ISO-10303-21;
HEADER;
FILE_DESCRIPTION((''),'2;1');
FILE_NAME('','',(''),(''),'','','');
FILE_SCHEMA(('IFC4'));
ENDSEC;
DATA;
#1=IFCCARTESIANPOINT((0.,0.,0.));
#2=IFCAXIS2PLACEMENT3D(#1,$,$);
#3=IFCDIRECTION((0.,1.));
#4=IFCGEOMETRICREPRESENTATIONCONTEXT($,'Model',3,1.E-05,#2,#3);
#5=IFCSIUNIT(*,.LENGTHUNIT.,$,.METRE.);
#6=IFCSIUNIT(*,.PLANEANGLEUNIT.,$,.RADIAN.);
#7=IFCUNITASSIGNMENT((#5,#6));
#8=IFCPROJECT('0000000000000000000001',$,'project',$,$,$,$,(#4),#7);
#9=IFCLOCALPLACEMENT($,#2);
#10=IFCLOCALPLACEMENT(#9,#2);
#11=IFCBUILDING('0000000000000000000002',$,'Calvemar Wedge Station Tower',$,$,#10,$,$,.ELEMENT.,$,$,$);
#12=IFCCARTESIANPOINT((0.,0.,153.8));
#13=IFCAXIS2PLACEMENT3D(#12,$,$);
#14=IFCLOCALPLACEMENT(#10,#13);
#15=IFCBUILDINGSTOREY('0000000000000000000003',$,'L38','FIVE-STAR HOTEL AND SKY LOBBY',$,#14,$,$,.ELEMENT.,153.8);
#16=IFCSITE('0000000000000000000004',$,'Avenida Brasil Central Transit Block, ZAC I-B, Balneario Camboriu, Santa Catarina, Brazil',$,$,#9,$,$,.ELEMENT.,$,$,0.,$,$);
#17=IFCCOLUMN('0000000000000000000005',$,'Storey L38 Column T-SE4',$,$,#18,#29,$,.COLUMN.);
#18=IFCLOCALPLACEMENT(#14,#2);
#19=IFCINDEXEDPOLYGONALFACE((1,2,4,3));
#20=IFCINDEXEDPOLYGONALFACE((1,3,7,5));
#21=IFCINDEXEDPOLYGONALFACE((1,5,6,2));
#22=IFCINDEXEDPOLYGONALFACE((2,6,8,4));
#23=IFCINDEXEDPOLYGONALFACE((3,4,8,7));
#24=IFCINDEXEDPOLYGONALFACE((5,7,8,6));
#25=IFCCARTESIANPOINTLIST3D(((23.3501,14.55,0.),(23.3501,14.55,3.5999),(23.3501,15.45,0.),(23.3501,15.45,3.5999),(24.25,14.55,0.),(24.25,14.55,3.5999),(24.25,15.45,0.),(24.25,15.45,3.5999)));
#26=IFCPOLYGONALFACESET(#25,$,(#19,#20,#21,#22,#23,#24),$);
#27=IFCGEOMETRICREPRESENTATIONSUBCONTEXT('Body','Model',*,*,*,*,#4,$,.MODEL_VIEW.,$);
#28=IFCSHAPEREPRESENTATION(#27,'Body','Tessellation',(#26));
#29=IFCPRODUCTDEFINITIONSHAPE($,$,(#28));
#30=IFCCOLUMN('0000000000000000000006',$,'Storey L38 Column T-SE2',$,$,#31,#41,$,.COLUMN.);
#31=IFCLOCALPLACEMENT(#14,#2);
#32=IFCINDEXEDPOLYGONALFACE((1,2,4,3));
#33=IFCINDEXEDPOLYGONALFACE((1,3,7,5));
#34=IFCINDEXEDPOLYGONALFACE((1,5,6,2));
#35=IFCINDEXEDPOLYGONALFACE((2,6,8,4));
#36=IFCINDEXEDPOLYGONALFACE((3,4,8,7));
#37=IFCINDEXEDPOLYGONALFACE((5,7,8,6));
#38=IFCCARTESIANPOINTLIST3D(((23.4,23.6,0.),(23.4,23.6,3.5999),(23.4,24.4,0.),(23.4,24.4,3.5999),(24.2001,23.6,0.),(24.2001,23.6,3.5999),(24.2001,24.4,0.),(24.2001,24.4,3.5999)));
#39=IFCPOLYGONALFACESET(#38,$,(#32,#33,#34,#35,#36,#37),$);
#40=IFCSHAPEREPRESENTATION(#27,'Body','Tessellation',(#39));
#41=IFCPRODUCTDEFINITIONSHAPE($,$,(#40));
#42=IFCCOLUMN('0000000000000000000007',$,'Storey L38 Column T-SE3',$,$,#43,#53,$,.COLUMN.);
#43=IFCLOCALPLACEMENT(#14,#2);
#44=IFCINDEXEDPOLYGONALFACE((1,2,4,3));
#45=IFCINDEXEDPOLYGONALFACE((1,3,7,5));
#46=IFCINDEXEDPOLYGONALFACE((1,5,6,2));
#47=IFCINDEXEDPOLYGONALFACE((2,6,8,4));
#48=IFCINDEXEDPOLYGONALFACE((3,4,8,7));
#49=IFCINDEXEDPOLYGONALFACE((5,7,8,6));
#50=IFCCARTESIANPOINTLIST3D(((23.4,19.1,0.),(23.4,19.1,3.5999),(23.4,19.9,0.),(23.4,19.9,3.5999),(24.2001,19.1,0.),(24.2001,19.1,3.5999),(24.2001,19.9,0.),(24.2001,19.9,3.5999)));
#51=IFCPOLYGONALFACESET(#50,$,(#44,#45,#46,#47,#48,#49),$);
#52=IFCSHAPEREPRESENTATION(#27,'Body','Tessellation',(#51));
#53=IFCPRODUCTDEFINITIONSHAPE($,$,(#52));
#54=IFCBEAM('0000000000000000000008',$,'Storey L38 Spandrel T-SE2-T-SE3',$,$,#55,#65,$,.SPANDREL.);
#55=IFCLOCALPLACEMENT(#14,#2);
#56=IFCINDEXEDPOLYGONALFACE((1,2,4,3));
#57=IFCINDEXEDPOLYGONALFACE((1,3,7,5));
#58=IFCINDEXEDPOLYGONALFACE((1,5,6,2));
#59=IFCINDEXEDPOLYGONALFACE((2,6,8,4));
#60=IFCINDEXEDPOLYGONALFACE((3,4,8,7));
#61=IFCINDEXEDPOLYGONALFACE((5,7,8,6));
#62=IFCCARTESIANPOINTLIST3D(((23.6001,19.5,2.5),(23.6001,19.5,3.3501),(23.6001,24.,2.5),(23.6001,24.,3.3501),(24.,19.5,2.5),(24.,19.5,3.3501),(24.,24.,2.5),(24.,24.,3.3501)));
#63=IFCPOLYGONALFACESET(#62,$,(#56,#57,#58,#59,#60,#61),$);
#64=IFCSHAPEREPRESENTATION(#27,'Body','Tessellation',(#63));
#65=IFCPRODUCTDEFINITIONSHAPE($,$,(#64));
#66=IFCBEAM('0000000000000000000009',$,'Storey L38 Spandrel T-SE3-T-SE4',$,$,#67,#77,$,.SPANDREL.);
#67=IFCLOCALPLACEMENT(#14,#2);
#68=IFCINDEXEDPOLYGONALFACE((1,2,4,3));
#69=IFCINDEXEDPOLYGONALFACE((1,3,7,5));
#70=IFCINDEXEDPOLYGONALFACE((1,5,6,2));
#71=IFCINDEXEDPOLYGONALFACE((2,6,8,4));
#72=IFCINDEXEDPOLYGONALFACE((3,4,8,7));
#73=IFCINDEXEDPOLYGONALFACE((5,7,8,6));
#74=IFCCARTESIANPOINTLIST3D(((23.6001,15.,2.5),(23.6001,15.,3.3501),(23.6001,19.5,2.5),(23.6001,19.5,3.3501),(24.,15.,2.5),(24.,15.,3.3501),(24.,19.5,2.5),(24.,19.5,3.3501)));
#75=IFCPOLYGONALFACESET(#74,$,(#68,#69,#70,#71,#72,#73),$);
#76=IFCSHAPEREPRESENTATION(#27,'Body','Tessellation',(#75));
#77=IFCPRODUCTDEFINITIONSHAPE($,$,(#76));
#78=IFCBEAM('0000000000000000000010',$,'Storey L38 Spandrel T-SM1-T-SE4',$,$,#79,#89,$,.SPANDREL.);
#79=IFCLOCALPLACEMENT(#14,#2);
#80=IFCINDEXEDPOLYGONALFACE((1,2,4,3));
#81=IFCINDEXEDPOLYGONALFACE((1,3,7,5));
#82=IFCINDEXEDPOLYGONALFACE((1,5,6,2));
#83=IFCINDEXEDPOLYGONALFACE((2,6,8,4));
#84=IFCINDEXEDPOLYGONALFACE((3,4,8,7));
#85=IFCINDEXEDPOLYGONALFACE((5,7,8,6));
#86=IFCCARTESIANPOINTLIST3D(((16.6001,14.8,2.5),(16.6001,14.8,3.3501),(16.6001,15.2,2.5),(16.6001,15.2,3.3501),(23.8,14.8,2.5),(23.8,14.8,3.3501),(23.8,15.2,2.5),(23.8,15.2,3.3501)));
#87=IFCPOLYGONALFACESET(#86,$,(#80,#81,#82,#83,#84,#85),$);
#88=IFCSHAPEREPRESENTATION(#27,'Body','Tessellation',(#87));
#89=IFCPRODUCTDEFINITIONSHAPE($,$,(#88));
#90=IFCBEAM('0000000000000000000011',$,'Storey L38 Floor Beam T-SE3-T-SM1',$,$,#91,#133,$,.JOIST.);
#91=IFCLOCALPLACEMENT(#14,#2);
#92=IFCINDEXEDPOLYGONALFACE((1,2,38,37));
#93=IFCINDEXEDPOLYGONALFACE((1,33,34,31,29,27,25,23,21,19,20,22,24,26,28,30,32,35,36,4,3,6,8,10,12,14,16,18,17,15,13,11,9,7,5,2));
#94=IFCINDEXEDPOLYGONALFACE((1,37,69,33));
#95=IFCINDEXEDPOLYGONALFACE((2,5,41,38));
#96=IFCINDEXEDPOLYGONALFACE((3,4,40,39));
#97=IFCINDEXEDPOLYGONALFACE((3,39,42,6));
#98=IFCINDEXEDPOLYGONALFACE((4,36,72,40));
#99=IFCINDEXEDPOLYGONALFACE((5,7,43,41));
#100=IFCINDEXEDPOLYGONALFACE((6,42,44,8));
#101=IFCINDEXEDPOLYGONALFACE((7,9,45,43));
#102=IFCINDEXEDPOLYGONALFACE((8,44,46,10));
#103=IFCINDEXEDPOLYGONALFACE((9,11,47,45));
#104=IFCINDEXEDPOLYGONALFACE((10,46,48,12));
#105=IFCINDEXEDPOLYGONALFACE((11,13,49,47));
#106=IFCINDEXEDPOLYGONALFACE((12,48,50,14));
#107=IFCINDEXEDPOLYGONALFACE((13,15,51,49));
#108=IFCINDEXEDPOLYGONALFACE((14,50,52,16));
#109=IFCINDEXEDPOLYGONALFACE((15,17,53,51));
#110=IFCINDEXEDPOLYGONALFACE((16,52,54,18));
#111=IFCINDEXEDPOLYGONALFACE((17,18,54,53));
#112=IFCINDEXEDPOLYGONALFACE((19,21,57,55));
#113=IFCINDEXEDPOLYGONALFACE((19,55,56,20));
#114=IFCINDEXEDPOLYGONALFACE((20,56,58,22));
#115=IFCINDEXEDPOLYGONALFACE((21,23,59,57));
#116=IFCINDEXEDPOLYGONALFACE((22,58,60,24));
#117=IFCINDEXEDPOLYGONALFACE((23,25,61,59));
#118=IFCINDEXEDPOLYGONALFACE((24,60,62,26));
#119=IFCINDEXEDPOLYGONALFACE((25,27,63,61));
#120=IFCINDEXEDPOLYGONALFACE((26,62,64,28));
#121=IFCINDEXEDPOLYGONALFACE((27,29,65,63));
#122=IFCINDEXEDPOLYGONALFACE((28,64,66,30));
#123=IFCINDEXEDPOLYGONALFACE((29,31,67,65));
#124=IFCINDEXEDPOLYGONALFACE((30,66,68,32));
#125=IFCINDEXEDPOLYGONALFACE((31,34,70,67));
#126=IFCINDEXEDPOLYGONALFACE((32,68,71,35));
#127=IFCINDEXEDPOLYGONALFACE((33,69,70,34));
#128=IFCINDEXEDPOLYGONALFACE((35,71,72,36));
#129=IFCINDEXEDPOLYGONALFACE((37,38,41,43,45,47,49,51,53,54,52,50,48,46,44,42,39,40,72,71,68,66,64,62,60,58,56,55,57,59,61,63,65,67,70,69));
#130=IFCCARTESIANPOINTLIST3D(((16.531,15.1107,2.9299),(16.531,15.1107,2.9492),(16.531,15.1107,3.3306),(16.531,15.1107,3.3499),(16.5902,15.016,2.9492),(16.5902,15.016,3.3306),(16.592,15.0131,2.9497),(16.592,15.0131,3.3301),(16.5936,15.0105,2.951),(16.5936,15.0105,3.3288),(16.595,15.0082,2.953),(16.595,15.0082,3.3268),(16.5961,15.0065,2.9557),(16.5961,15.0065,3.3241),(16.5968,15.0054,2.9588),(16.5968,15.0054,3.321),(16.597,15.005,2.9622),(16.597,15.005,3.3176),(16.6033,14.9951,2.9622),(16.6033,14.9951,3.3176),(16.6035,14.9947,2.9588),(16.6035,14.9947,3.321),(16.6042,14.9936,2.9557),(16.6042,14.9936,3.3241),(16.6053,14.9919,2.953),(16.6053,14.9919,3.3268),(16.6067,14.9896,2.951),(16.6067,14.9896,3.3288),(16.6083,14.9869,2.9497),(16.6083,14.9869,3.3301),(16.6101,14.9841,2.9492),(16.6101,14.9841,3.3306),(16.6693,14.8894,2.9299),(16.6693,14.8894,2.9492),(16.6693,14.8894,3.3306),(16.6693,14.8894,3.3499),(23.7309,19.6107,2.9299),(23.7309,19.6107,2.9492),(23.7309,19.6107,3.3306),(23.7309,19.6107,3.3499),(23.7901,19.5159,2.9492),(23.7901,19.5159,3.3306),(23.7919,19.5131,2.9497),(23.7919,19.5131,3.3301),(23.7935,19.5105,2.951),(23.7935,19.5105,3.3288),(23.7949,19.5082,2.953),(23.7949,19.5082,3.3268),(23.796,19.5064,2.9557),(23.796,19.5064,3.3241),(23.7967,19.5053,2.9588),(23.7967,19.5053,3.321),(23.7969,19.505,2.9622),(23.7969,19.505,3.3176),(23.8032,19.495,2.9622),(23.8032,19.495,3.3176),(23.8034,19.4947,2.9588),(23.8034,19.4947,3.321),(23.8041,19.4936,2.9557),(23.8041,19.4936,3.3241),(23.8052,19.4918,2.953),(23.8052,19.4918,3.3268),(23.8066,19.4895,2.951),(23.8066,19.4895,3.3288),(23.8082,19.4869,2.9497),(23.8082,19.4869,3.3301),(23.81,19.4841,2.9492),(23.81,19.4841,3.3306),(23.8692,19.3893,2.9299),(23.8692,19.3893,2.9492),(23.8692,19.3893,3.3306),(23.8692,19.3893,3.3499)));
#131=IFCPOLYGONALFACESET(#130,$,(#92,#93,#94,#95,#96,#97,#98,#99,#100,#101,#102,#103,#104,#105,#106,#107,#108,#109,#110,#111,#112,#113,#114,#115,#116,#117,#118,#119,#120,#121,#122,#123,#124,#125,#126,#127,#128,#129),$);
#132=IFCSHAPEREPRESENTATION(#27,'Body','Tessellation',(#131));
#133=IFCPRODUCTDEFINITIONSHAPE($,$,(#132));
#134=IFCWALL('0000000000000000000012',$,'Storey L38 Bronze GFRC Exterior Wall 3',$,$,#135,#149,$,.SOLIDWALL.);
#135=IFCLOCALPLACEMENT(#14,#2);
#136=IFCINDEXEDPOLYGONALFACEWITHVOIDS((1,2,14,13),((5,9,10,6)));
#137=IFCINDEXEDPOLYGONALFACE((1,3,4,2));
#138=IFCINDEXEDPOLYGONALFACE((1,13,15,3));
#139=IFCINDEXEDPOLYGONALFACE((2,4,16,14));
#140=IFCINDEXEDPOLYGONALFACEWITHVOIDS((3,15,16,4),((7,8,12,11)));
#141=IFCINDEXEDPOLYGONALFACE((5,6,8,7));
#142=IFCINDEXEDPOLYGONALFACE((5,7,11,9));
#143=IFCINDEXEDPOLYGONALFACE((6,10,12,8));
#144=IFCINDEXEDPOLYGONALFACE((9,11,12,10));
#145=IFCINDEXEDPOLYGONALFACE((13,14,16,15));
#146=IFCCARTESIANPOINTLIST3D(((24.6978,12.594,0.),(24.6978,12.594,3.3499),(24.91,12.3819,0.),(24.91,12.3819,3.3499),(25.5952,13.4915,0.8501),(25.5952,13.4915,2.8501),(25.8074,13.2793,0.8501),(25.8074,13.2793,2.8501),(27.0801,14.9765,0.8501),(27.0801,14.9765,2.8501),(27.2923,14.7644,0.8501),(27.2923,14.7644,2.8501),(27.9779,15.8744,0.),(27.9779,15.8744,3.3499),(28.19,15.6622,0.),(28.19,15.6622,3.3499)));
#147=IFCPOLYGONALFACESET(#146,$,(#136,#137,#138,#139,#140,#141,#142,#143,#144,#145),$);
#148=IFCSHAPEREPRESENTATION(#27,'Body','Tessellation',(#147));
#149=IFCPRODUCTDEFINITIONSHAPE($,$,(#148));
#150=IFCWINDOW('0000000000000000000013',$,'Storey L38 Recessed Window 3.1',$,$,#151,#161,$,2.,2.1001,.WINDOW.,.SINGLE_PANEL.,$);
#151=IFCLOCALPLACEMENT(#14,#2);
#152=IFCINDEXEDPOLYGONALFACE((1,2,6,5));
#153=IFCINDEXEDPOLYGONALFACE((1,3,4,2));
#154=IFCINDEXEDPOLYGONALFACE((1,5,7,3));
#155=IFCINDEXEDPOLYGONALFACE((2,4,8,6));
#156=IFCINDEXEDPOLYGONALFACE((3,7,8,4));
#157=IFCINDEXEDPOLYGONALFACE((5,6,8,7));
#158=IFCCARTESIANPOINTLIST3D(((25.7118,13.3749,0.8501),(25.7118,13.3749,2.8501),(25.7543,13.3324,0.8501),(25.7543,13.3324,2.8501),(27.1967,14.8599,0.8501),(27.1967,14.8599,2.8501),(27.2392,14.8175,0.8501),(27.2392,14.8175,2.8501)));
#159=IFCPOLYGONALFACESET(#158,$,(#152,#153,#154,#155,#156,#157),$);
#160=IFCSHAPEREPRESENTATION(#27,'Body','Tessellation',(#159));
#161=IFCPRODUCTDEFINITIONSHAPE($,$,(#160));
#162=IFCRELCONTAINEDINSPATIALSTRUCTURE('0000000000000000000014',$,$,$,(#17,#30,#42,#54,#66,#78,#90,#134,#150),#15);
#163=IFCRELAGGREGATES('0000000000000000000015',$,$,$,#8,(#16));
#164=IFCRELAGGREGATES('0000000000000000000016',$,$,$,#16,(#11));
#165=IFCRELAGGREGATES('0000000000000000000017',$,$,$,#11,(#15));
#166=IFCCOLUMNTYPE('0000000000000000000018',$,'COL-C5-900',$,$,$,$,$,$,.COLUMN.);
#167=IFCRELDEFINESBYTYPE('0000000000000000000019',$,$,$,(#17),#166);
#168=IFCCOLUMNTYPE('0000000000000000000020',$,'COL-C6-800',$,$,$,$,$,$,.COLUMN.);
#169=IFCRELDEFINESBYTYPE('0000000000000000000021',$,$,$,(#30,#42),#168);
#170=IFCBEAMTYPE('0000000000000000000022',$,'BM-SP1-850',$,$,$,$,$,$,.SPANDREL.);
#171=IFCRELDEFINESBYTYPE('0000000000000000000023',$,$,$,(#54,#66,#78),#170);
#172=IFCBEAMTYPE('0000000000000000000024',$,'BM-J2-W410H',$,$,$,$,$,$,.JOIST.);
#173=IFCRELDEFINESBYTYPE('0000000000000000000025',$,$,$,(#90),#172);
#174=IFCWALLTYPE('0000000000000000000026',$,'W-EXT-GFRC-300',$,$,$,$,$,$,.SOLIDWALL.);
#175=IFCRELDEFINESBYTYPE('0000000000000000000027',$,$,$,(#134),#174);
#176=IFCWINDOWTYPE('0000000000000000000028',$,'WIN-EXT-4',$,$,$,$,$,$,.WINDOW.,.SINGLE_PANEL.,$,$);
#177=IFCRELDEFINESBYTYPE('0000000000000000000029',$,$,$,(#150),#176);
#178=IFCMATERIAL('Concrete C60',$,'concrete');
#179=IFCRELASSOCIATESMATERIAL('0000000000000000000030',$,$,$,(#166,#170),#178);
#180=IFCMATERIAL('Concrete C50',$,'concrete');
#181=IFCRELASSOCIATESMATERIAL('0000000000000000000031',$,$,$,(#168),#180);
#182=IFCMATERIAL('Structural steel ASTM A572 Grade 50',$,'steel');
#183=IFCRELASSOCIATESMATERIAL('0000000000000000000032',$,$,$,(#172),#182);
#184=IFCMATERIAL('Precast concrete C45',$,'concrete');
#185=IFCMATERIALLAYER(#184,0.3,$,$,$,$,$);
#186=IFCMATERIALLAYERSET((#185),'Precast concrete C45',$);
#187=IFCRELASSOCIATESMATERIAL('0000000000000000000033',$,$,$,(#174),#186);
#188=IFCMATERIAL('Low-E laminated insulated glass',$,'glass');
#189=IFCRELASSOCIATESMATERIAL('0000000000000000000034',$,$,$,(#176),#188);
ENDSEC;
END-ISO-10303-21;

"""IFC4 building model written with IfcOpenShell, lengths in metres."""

from ifc_helpers import new_model, si_unit, direction, frame, frame_2d, origin, origin_2d, place, context, subcontext, project, spatial, rectangle, i_section, extrude, source, transform, mapped, material, layer, layer_set, material_profile, profile_set, type_object, element, fill, save


model = new_model("IFC4")

# Units and contexts
model_context = context("Model", 3, precision=1e-05, world=origin(), true_north=direction((0.0, 1.0)))
body_context = subcontext(model_context, "Body", "Model", "MODEL_VIEW")
ifc_project = project(units=[si_unit("LENGTHUNIT", "METRE"), si_unit("PLANEANGLEUNIT", "RADIAN")], contexts=[model_context])

# Site, building, storey
site_placement = place(None, origin())
site = spatial("IfcSite", under=ifc_project, at=site_placement, Name="Avenida Brasil Central Transit Block, ZAC I-B, Balneario Camboriu, Santa Catarina, Brazil", CompositionType="ELEMENT", RefElevation=0.0)
building_placement = place(site_placement, origin())
building = spatial("IfcBuilding", under=site, at=building_placement, Name="Calvemar Wedge Station Tower", CompositionType="ELEMENT")
storey_placement = place(building_placement, frame((0.0, 0.0, 153.8)))
storey = spatial("IfcBuildingStorey", under=building, at=storey_placement, Name="L38", Description="FIVE-STAR HOTEL AND SKY LOBBY", CompositionType="ELEMENT", Elevation=153.8)

# Columns
ifc_material_1 = material(Name="Concrete C60", Category="concrete")
ifc_material_profile_1 = material_profile(ifc_material_1, rectangle(XDim=0.8999, YDim=0.8999, at=origin_2d()), Name="RC900x900")
ifc_profile_set_1 = profile_set([ifc_material_profile_1], Name="Concrete C60")
column_type_1 = type_object("IfcColumnType", Name="COL-C5-900", PredefinedType="COLUMN", material=ifc_profile_set_1)
shared_shape_1 = source(origin(), body_context, "Body", "SweptSolid", [
    extrude(rectangle(XDim=0.8999, YDim=0.8999, at=origin_2d()), origin(), (0.0, 0.0, 1.0), 3.5999),
])
column_placement = place(storey_placement, frame((23.8, 15.0, 0.0), z_axis=(0.0, 0.0, 1.0), x_axis=(1.0, 0.0, 0.0)))
element("IfcColumn", 1, at=column_placement, inside=storey, type_object=column_type_1, Name="Storey L38 Column T-SE4", PredefinedType="COLUMN", context=body_context, shape_type="MappedRepresentation", body=[
    mapped(shared_shape_1, transform((0.0, 0.0, 0.0), scale=1.0)),
])
ifc_material_2 = material(Name="Concrete C50", Category="concrete")
ifc_material_profile_2 = material_profile(ifc_material_2, rectangle(XDim=0.8, YDim=0.8, at=origin_2d()), Name="RC800x800")
ifc_profile_set_2 = profile_set([ifc_material_profile_2], Name="Concrete C50")
column_type_2 = type_object("IfcColumnType", Name="COL-C6-800", PredefinedType="COLUMN", material=ifc_profile_set_2)
shared_shape_2 = source(origin(), body_context, "Body", "SweptSolid", [
    extrude(rectangle(XDim=0.8, YDim=0.8, at=origin_2d()), origin(), (0.0, 0.0, 1.0), 3.5999),
])
for number, where, z_axis, x_axis, name in (
    (2, (23.8, 24.0, 0.0), (0.0, 0.0, 1.0), (1.0, 0.0, 0.0), "Storey L38 Column T-SE2"),
    (3, (23.8, 19.5, 0.0), (0.0, 0.0, 1.0), (1.0, 0.0, 0.0), "Storey L38 Column T-SE3"),
):
    element("IfcColumn", number, at=place(storey_placement, frame(where, z_axis=z_axis, x_axis=x_axis)), inside=storey, type_object=column_type_2, Name=name, PredefinedType="COLUMN", context=body_context, shape_type="MappedRepresentation", body=[
        mapped(shared_shape_2, transform((0.0, 0.0, 0.0), scale=1.0)),
    ])

# Beams
ifc_material_profile_3 = material_profile(ifc_material_1, rectangle(XDim=0.3999, YDim=0.8501, at=origin_2d()), Name="RC400x850")
ifc_profile_set_3 = profile_set([ifc_material_profile_3], Name="Concrete C60")
beam_type_1 = type_object("IfcBeamType", Name="BM-SP1-850", PredefinedType="SPANDREL", material=ifc_profile_set_3)
shared_shape_3 = source(origin(), body_context, "Body", "SweptSolid", [
    extrude(rectangle(XDim=0.3999, YDim=0.8501, at=origin_2d()), origin(), (0.0, 0.0, 1.0), 4.5),
])
for number, where, z_axis, x_axis, name in (
    (4, (23.8, 24.0, 2.925), (0.0, -1.0, 0.0), (1.0, 0.0, 0.0), "Storey L38 Spandrel T-SE2-T-SE3"),
    (5, (23.8, 19.5, 2.925), (0.0, -1.0, 0.0), (1.0, 0.0, 0.0), "Storey L38 Spandrel T-SE3-T-SE4"),
):
    element("IfcBeam", number, at=place(storey_placement, frame(where, z_axis=z_axis, x_axis=x_axis)), inside=storey, type_object=beam_type_1, Name=name, PredefinedType="SPANDREL", context=body_context, shape_type="MappedRepresentation", body=[
        mapped(shared_shape_3, transform((0.0, 0.0, 0.0), scale=1.0)),
    ])
shared_shape_4 = source(origin(), body_context, "Body", "SweptSolid", [
    extrude(rectangle(XDim=0.3999, YDim=0.8501, at=origin_2d()), origin(), (0.0, 0.0, 1.0), 7.2),
])
beam_1_placement = place(storey_placement, frame((16.6001, 15.0, 2.925), z_axis=(1.0, 0.0, 0.0), x_axis=(0.0, 1.0, 0.0)))
element("IfcBeam", 6, at=beam_1_placement, inside=storey, type_object=beam_type_1, Name="Storey L38 Spandrel T-SM1-T-SE4", PredefinedType="SPANDREL", context=body_context, shape_type="MappedRepresentation", body=[
    mapped(shared_shape_4, transform((0.0, 0.0, 0.0), scale=1.0)),
])
ifc_material_3 = material(Name="Structural steel ASTM A572 Grade 50", Category="steel")
ifc_material_profile_4 = material_profile(ifc_material_3, i_section(OverallWidth=0.261, OverallDepth=0.4199, WebThickness=0.0117, FlangeThickness=0.0193, FilletRadius=0.0129, at=origin_2d()), Name="W410x114")
ifc_profile_set_4 = profile_set([ifc_material_profile_4], Name="Structural steel ASTM A572 Grade 50")
beam_type_2 = type_object("IfcBeamType", Name="BM-J2-W410H", PredefinedType="JOIST", material=ifc_profile_set_4)
shared_shape_5 = source(origin(), body_context, "Body", "SweptSolid", [
    extrude(i_section(OverallWidth=0.261, OverallDepth=0.4199, WebThickness=0.0117, FlangeThickness=0.0193, FilletRadius=0.0129, at=origin_2d()), origin(), (0.0, 0.0, 1.0), 8.4905),
])
beam_2_placement = place(storey_placement, frame((23.8, 19.5, 3.1399), z_axis=(-0.847997, -0.530002, 0.0), x_axis=(0.530002, -0.847997, 0.0)))
element("IfcBeam", 7, at=beam_2_placement, inside=storey, type_object=beam_type_2, Name="Storey L38 Floor Beam T-SE3-T-SM1", PredefinedType="JOIST", context=body_context, shape_type="MappedRepresentation", body=[
    mapped(shared_shape_5, transform((0.0, 0.0, 0.0), scale=1.0)),
])

# Wall, opening, window
ifc_material_4 = material(Name="Precast concrete C45", Category="concrete")
ifc_layer_1 = layer(ifc_material_4, 0.3)
ifc_layer_set_1 = layer_set([ifc_layer_1], Name="Precast concrete C45")
wall_type_1 = type_object("IfcWallType", Name="W-EXT-GFRC-300", PredefinedType="SOLIDWALL", material=ifc_layer_set_1)
wall_1_placement = place(storey_placement, frame((24.804, 12.488, 0.0), z_axis=(0.0, 0.0, 1.0), x_axis=(0.70708, 0.707133, 0.0)))
wall_1 = element("IfcWall", 8, at=wall_1_placement, inside=storey, type_object=wall_type_1, Name="Storey L38 Bronze GFRC Exterior Wall 3", PredefinedType="SOLIDWALL", context=body_context, shape_type="SweptSolid", body=[
    extrude(rectangle(XDim=4.6389, YDim=0.3, at=frame_2d((2.3193, 0.0))), origin(), (0.0, 0.0, 1.0), 3.3499),
])
shared_shape_6 = source(origin(), body_context, "Body", "SweptSolid", [
    extrude(rectangle(XDim=2.1001, YDim=2.0, at=frame_2d((1.05, 1.0))), frame((0.0, 0.1602, 0.0), z_axis=(0.0, -1.0, 0.0), x_axis=(1.0, 0.0, 0.0)), (0.0, 0.0, 1.0), 0.3201),
])
opening_1_placement = place(wall_1_placement, frame((1.269, 0.0, 0.8501)))
opening_1 = element("IfcOpeningElement", 9, at=opening_1_placement, cuts=wall_1, PredefinedType="OPENING", context=body_context, shape_type="MappedRepresentation", body=[
    mapped(shared_shape_6, transform((0.0, 0.0, 0.0), scale=1.0)),
])
ifc_material_5 = material(Name="Low-E laminated insulated glass", Category="glass")
window_type_1 = type_object("IfcWindowType", Name="WIN-EXT-4", PartitioningType="SINGLE_PANEL", PredefinedType="WINDOW", material=ifc_material_5)
shared_shape_7 = source(origin(), body_context, "Body", "SweptSolid", [
    extrude(rectangle(XDim=2.1001, YDim=2.0, at=frame_2d((1.05, 1.0))), frame((0.0, -0.0149, 0.0), z_axis=(0.0, -1.0, 0.0), x_axis=(1.0, 0.0, 0.0)), (0.0, 0.0, 1.0), 0.0601),
])
window_1_placement = place(opening_1_placement, origin())
window_1 = element("IfcWindow", 10, at=window_1_placement, inside=storey, type_object=window_type_1, Name="Storey L38 Recessed Window 3.1", OverallHeight=2.0, OverallWidth=2.1001, PartitioningType="SINGLE_PANEL", PredefinedType="WINDOW", context=body_context, shape_type="MappedRepresentation", body=[
    mapped(shared_shape_7, transform((0.0, 0.0, 0.0), scale=1.0)),
])
fill(opening_1, window_1)

save(model, "model.ifc")
